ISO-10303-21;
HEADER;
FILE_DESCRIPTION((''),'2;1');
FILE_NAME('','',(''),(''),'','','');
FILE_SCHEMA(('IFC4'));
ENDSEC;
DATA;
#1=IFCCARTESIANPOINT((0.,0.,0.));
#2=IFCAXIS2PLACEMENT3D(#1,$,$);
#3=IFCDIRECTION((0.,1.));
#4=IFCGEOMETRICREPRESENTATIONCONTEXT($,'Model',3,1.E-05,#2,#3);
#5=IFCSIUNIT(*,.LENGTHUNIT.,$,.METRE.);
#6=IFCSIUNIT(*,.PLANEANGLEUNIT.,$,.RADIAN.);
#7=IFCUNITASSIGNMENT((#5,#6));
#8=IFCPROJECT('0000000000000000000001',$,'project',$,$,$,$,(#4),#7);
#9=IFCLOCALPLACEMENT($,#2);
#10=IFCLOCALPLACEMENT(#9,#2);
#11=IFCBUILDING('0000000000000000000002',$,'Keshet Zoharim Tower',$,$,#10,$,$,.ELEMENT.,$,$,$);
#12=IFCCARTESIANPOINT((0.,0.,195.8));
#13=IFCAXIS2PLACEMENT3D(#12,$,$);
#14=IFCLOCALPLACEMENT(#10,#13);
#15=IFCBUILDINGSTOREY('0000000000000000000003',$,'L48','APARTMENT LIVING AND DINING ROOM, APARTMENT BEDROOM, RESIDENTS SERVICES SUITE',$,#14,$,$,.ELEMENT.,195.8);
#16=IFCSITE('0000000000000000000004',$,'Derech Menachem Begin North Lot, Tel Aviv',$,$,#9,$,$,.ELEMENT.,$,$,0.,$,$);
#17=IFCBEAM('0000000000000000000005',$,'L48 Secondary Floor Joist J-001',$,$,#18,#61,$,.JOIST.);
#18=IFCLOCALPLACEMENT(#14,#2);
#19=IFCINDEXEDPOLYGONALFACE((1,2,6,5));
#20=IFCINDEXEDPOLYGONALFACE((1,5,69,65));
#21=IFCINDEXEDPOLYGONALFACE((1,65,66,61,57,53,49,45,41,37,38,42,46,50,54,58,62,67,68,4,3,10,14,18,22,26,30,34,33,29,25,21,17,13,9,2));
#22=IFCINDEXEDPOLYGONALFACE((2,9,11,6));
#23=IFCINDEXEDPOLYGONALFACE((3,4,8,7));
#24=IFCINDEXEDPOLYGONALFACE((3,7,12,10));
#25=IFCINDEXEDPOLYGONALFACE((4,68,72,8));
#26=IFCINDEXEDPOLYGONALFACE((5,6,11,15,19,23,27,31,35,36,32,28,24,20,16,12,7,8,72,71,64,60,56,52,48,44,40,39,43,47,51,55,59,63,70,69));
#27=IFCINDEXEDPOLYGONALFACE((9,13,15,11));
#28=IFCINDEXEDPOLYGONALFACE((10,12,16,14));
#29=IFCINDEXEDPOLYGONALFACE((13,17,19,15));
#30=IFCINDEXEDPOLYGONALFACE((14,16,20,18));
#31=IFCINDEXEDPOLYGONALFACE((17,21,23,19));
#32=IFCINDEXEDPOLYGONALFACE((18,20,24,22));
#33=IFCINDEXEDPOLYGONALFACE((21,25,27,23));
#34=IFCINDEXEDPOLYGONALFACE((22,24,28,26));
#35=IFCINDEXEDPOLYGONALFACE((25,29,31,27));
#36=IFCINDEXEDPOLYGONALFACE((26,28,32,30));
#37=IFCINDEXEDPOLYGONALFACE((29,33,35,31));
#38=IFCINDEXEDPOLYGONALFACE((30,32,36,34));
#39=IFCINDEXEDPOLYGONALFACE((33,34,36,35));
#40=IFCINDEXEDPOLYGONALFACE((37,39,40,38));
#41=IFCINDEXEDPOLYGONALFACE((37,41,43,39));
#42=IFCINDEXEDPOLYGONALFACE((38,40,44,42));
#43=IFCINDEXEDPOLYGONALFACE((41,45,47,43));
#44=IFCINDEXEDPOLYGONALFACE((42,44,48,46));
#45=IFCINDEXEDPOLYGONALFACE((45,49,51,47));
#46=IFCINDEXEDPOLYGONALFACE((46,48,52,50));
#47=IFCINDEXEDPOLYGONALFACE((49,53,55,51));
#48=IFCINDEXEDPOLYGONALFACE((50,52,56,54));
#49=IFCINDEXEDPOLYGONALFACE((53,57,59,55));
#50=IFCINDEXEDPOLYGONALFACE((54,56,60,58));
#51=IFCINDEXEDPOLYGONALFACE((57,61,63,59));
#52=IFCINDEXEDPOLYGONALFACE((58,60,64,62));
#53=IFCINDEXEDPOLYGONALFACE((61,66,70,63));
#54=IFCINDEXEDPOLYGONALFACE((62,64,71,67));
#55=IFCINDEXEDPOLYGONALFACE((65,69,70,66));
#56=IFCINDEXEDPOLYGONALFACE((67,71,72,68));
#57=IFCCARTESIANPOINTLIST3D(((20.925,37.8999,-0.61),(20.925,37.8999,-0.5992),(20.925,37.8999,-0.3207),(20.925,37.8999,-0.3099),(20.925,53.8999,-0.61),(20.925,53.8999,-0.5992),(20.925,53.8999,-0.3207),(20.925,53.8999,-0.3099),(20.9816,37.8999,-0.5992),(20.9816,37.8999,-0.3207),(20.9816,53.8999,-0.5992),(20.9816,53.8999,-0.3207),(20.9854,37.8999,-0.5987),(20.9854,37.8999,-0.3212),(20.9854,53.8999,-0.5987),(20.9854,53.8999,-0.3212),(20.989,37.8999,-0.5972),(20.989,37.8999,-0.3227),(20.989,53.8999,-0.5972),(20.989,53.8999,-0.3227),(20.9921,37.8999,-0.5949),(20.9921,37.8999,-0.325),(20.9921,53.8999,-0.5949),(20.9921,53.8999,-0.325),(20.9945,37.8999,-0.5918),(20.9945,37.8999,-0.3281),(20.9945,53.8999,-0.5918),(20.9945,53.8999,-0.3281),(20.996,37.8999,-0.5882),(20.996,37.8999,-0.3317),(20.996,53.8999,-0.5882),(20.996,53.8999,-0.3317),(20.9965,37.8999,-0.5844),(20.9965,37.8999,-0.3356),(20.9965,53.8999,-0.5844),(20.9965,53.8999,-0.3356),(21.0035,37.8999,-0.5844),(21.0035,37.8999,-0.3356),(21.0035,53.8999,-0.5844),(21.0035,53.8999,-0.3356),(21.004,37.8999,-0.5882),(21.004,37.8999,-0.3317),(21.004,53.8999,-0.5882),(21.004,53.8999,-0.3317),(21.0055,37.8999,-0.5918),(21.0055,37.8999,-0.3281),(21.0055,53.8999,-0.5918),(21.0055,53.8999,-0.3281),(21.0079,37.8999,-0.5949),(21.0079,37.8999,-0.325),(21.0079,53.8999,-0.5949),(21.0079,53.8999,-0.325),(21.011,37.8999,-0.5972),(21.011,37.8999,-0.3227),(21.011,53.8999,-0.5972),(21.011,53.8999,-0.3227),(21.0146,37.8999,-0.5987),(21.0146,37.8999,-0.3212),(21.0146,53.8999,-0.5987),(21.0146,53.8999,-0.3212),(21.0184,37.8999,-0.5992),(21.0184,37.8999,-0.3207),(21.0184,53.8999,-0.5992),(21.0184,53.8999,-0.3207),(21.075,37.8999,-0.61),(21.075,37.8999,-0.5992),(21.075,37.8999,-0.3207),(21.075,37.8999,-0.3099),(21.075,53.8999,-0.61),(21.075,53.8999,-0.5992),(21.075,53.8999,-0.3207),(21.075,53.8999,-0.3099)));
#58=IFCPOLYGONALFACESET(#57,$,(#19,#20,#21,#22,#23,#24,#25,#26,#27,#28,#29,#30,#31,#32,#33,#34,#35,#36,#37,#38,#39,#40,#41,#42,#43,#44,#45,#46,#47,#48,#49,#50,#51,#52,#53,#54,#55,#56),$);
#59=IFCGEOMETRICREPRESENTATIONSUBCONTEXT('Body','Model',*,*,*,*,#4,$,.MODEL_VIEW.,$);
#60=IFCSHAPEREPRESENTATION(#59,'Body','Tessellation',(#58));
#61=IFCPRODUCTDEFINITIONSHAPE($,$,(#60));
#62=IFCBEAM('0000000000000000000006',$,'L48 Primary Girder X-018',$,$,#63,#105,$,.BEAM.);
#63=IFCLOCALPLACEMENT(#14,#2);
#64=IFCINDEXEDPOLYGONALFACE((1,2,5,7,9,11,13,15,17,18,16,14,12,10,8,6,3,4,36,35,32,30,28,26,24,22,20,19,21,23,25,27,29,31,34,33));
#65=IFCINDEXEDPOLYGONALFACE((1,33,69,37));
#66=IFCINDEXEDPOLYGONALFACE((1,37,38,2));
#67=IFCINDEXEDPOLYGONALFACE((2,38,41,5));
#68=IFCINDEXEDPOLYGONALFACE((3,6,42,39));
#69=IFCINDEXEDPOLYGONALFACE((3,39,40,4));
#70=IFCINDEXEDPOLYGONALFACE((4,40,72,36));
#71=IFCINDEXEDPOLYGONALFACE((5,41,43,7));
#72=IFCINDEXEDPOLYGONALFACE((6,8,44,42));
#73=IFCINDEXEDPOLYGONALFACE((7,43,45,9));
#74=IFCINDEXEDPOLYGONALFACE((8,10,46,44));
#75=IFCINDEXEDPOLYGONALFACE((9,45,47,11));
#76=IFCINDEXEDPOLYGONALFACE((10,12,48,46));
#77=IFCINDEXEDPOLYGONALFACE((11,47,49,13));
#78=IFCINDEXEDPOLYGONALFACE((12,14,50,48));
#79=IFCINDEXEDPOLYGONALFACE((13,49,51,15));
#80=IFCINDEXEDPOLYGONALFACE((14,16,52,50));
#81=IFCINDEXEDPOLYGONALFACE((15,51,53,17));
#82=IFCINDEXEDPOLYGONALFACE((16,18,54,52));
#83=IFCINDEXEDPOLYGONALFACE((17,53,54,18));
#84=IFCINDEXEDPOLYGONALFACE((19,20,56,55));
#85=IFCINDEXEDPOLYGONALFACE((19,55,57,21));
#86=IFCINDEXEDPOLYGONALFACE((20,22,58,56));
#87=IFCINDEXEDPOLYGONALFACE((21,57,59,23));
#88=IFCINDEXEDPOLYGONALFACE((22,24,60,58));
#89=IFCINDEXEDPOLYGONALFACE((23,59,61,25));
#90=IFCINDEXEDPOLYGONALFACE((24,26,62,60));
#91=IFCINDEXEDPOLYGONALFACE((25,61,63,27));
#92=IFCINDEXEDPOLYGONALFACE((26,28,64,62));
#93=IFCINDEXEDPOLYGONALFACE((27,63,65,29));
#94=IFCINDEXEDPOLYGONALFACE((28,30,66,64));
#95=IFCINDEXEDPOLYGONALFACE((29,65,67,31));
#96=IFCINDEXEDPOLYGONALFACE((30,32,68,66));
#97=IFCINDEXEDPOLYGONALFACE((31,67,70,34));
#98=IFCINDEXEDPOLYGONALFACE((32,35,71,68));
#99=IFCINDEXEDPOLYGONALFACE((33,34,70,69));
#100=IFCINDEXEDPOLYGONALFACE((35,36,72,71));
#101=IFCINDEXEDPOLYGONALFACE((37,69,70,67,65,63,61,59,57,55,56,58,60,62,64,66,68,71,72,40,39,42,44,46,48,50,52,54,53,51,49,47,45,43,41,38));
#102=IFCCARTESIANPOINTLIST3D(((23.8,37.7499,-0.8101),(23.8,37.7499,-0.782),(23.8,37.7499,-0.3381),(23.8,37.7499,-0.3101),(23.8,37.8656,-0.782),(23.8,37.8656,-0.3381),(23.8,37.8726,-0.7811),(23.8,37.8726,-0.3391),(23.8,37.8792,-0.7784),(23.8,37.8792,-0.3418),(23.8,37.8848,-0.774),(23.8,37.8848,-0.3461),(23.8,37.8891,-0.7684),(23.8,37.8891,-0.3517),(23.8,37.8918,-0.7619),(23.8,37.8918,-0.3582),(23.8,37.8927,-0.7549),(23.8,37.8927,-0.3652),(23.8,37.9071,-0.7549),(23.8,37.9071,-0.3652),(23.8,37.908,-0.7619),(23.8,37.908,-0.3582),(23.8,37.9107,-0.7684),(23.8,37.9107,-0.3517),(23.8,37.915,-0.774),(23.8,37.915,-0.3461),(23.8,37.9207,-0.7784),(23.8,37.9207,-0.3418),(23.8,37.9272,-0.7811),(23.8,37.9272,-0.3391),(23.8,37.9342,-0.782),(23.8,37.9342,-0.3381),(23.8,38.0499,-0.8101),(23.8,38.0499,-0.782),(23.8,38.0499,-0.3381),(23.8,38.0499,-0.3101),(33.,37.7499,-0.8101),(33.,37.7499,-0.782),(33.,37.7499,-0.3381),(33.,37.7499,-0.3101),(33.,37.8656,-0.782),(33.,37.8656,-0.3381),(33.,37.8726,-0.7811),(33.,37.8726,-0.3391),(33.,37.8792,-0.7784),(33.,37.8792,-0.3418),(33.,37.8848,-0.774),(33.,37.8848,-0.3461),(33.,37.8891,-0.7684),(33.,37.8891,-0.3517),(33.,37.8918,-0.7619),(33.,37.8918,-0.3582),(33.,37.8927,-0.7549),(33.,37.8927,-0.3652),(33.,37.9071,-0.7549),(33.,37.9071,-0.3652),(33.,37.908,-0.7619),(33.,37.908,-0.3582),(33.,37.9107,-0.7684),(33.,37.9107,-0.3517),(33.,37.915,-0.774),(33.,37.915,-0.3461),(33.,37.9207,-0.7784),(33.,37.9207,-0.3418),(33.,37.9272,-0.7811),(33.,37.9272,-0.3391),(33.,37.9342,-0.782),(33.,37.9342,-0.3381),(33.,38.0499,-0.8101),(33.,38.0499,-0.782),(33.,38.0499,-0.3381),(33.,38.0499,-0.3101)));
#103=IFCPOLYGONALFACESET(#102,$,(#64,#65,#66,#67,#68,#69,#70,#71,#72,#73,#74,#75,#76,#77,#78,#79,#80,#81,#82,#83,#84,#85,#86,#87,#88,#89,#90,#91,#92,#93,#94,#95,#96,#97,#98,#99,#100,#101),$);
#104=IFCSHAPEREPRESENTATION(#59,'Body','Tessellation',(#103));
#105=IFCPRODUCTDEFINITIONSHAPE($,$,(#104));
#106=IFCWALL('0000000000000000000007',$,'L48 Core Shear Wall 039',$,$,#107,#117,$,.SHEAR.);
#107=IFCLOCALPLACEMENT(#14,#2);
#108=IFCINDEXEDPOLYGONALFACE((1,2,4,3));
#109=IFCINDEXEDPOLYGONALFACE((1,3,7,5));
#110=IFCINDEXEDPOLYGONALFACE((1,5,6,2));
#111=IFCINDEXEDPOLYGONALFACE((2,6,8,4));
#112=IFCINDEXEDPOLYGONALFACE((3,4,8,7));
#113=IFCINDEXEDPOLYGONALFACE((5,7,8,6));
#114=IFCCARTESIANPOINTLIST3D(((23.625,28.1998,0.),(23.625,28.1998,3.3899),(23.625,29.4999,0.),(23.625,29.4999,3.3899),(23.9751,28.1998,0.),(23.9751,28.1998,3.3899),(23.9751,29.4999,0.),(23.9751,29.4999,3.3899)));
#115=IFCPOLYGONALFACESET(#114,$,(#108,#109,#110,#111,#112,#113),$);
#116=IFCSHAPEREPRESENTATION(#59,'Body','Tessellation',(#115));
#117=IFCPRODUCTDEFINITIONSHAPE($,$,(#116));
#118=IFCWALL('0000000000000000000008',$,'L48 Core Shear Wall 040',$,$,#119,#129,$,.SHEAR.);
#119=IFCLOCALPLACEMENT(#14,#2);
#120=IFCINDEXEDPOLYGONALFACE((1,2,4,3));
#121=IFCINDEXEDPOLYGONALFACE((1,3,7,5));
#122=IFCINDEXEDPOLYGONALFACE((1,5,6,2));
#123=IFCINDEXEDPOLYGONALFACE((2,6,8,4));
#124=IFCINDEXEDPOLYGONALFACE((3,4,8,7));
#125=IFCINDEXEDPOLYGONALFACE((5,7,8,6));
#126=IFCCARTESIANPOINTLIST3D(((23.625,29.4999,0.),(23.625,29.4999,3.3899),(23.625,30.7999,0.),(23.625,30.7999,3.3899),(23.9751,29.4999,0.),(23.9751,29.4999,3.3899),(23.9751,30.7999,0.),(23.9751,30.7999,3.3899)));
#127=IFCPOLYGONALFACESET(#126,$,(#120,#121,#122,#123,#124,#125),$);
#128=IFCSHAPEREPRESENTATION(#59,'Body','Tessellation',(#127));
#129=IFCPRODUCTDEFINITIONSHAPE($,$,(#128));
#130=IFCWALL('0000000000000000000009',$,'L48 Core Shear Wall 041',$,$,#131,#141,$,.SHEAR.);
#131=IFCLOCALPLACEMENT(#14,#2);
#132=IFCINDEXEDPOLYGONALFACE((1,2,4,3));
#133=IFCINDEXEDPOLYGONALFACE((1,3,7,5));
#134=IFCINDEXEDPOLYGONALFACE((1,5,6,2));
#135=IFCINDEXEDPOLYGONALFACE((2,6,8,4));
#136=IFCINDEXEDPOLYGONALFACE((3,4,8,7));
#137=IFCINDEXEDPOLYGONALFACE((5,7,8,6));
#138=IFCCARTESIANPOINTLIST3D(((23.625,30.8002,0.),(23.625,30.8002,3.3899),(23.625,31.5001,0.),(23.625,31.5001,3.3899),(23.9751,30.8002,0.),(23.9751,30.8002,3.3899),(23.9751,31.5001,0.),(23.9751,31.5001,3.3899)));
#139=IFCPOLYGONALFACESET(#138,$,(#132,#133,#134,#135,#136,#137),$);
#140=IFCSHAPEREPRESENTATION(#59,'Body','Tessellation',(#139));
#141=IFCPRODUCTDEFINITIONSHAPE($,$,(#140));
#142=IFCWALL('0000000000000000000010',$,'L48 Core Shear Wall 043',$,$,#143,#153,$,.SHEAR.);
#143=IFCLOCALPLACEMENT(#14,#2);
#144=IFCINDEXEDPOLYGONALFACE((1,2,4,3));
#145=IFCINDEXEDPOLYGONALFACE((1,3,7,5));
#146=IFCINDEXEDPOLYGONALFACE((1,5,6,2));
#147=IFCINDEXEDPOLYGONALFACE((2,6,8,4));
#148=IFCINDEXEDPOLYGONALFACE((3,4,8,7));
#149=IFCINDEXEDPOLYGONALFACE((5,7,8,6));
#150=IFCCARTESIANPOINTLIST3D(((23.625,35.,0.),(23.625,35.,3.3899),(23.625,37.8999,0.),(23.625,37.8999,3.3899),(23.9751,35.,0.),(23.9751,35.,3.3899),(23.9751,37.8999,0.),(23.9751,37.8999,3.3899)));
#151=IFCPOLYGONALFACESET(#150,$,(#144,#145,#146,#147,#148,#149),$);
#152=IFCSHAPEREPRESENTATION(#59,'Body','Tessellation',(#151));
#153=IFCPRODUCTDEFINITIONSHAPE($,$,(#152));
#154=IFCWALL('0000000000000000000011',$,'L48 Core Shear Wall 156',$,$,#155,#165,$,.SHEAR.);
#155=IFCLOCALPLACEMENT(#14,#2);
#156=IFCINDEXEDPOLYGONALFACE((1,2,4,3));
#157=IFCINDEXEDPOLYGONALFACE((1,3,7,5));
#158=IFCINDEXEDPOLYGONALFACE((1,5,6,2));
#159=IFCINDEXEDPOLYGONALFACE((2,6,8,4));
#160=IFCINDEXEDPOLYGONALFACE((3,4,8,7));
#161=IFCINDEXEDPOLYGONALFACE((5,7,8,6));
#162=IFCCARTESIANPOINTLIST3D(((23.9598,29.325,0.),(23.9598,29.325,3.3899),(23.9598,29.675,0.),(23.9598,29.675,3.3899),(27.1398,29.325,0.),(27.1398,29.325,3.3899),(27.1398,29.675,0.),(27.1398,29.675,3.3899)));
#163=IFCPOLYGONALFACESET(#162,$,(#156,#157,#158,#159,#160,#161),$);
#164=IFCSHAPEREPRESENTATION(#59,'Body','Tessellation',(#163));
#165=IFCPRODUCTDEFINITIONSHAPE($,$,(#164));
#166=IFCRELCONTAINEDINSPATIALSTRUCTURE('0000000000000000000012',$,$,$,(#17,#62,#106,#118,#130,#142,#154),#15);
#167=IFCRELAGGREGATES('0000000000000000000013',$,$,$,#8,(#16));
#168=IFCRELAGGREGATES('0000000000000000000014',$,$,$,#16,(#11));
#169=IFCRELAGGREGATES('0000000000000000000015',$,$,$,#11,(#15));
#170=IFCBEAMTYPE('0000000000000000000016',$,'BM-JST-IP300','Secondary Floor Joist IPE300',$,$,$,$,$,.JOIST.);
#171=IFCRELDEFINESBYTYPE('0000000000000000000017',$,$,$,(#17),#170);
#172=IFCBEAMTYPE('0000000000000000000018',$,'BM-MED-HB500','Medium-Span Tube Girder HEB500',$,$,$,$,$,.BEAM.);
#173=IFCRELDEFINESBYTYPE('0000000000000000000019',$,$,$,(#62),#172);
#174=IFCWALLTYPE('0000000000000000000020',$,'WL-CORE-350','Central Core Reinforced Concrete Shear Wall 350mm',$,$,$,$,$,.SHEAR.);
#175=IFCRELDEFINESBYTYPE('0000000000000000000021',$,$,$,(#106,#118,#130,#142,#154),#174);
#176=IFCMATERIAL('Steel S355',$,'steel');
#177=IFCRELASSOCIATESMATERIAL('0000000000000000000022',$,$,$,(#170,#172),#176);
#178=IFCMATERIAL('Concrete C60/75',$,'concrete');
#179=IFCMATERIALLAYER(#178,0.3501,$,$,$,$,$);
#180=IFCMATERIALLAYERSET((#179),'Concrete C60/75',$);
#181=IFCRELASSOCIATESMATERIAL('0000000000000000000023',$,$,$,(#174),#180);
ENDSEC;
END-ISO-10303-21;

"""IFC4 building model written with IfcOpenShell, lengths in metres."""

from ifc_helpers import new_model, si_unit, direction, frame, frame_2d, origin, origin_2d, place, context, subcontext, project, spatial, rectangle, i_section, extrude, material, layer, layer_set, material_profile, profile_set, type_object, element, save


model = new_model("IFC4")

# Units and contexts
model_context = context("Model", 3, precision=1e-05, world=origin(), true_north=direction((0.0, 1.0)))
body_context = subcontext(model_context, "Body", "Model", "MODEL_VIEW")
ifc_project = project(units=[si_unit("LENGTHUNIT", "METRE"), si_unit("PLANEANGLEUNIT", "RADIAN")], contexts=[model_context])

# Site, building, storey
site_placement = place(None, origin())
site = spatial("IfcSite", under=ifc_project, at=site_placement, Name="Derech Menachem Begin North Lot, Tel Aviv", CompositionType="ELEMENT", RefElevation=0.0)
building_placement = place(site_placement, origin())
building = spatial("IfcBuilding", under=site, at=building_placement, Name="Keshet Zoharim Tower", CompositionType="ELEMENT")
storey_placement = place(building_placement, frame((0.0, 0.0, 195.8)))
storey = spatial("IfcBuildingStorey", under=building, at=storey_placement, Name="L48", Description="APARTMENT LIVING AND DINING ROOM, APARTMENT BEDROOM, RESIDENTS SERVICES SUITE", CompositionType="ELEMENT", Elevation=195.8)

# Beams
ifc_material_1 = material(Name="Steel S355", Category="steel")
ifc_material_profile_1 = material_profile(ifc_material_1, i_section(OverallWidth=0.1499, OverallDepth=0.3, WebThickness=0.0071, FlangeThickness=0.0107, FilletRadius=0.0149, at=origin_2d()), Name="IPE300")
ifc_profile_set_1 = profile_set([ifc_material_profile_1], Name="Steel S355")
beam_type_1 = type_object("IfcBeamType", Name="BM-JST-IP300", Description="Secondary Floor Joist IPE300", PredefinedType="JOIST", material=ifc_profile_set_1)
beam_1_placement = place(storey_placement, frame((21.0, 37.8999, -0.46), z_axis=(0.0, 1.0, 0.0), x_axis=(-1.0, 0.0, 0.0)))
element("IfcBeam", 1, at=beam_1_placement, inside=storey, type_object=beam_type_1, Name="L48 Secondary Floor Joist J-001", PredefinedType="JOIST", context=body_context, shape_type="SweptSolid", body=[
    extrude(i_section(OverallWidth=0.1499, OverallDepth=0.3, WebThickness=0.0071, FlangeThickness=0.0107, FilletRadius=0.0149, at=origin_2d()), origin(), (0.0, 0.0, 1.0), 16.0),
])
ifc_material_profile_2 = material_profile(ifc_material_1, i_section(OverallWidth=0.3, OverallDepth=0.5, WebThickness=0.0144, FlangeThickness=0.0281, FilletRadius=0.0271, at=origin_2d()), Name="HEB500")
ifc_profile_set_2 = profile_set([ifc_material_profile_2], Name="Steel S355")
beam_type_2 = type_object("IfcBeamType", Name="BM-MED-HB500", Description="Medium-Span Tube Girder HEB500", PredefinedType="BEAM", material=ifc_profile_set_2)
beam_2_placement = place(storey_placement, frame((23.8, 37.8999, -0.5601), z_axis=(1.0, 0.0, 0.0), x_axis=(0.0, 1.0, 0.0)))
element("IfcBeam", 2, at=beam_2_placement, inside=storey, type_object=beam_type_2, Name="L48 Primary Girder X-018", PredefinedType="BEAM", context=body_context, shape_type="SweptSolid", body=[
    extrude(i_section(OverallWidth=0.3, OverallDepth=0.5, WebThickness=0.0144, FlangeThickness=0.0281, FilletRadius=0.0271, at=origin_2d()), origin(), (0.0, 0.0, 1.0), 9.2),
])

# Walls
ifc_material_2 = material(Name="Concrete C60/75", Category="concrete")
ifc_layer_1 = layer(ifc_material_2, 0.3501)
ifc_layer_set_1 = layer_set([ifc_layer_1], Name="Concrete C60/75")
wall_type_1 = type_object("IfcWallType", Name="WL-CORE-350", Description="Central Core Reinforced Concrete Shear Wall 350mm", PredefinedType="SHEAR", material=ifc_layer_set_1)
for number, where, z_axis, x_axis, name in (
    (3, (23.8, 28.2, 0.0), (0.0, 0.0, 1.0), (0.0, 1.0, 0.0), "L48 Core Shear Wall 039"),
    (4, (23.8, 29.5, 0.0), (0.0, 0.0, 1.0), (0.0, 1.0, 0.0), "L48 Core Shear Wall 040"),
):
    element("IfcWall", number, at=place(storey_placement, frame(where, z_axis=z_axis, x_axis=x_axis)), inside=storey, type_object=wall_type_1, Name=name, PredefinedType="SHEAR", context=body_context, shape_type="SweptSolid", body=[
        extrude(rectangle(XDim=1.3, YDim=0.3501, at=frame_2d((0.6499, 0.0))), origin(), (0.0, 0.0, 1.0), 3.3899),
    ])
wall_1_placement = place(storey_placement, frame((23.8, 30.8, 0.0), z_axis=(0.0, 0.0, 1.0), x_axis=(0.0, 1.0, 0.0)))
element("IfcWall", 5, at=wall_1_placement, inside=storey, type_object=wall_type_1, Name="L48 Core Shear Wall 041", PredefinedType="SHEAR", context=body_context, shape_type="SweptSolid", body=[
    extrude(rectangle(XDim=0.7, YDim=0.3501, at=frame_2d((0.3501, 0.0))), origin(), (0.0, 0.0, 1.0), 3.3899),
])

# Walls
wall_2_placement = place(storey_placement, frame((23.8, 35.0, 0.0), z_axis=(0.0, 0.0, 1.0), x_axis=(0.0, 1.0, 0.0)))
element("IfcWall", 6, at=wall_2_placement, inside=storey, type_object=wall_type_1, Name="L48 Core Shear Wall 043", PredefinedType="SHEAR", context=body_context, shape_type="SweptSolid", body=[
    extrude(rectangle(XDim=2.8999, YDim=0.3501, at=frame_2d((1.45, 0.0))), origin(), (0.0, 0.0, 1.0), 3.3899),
])
wall_3_placement = place(storey_placement, frame((23.96, 29.5, 0.0), z_axis=(0.0, 0.0, 1.0), x_axis=(1.0, 0.0, 0.0)))
element("IfcWall", 7, at=wall_3_placement, inside=storey, type_object=wall_type_1, Name="L48 Core Shear Wall 156", PredefinedType="SHEAR", context=body_context, shape_type="SweptSolid", body=[
    extrude(rectangle(XDim=3.1799, YDim=0.3501, at=frame_2d((1.5898, 0.0))), origin(), (0.0, 0.0, 1.0), 3.3899),
])

save(model, "model.ifc")
